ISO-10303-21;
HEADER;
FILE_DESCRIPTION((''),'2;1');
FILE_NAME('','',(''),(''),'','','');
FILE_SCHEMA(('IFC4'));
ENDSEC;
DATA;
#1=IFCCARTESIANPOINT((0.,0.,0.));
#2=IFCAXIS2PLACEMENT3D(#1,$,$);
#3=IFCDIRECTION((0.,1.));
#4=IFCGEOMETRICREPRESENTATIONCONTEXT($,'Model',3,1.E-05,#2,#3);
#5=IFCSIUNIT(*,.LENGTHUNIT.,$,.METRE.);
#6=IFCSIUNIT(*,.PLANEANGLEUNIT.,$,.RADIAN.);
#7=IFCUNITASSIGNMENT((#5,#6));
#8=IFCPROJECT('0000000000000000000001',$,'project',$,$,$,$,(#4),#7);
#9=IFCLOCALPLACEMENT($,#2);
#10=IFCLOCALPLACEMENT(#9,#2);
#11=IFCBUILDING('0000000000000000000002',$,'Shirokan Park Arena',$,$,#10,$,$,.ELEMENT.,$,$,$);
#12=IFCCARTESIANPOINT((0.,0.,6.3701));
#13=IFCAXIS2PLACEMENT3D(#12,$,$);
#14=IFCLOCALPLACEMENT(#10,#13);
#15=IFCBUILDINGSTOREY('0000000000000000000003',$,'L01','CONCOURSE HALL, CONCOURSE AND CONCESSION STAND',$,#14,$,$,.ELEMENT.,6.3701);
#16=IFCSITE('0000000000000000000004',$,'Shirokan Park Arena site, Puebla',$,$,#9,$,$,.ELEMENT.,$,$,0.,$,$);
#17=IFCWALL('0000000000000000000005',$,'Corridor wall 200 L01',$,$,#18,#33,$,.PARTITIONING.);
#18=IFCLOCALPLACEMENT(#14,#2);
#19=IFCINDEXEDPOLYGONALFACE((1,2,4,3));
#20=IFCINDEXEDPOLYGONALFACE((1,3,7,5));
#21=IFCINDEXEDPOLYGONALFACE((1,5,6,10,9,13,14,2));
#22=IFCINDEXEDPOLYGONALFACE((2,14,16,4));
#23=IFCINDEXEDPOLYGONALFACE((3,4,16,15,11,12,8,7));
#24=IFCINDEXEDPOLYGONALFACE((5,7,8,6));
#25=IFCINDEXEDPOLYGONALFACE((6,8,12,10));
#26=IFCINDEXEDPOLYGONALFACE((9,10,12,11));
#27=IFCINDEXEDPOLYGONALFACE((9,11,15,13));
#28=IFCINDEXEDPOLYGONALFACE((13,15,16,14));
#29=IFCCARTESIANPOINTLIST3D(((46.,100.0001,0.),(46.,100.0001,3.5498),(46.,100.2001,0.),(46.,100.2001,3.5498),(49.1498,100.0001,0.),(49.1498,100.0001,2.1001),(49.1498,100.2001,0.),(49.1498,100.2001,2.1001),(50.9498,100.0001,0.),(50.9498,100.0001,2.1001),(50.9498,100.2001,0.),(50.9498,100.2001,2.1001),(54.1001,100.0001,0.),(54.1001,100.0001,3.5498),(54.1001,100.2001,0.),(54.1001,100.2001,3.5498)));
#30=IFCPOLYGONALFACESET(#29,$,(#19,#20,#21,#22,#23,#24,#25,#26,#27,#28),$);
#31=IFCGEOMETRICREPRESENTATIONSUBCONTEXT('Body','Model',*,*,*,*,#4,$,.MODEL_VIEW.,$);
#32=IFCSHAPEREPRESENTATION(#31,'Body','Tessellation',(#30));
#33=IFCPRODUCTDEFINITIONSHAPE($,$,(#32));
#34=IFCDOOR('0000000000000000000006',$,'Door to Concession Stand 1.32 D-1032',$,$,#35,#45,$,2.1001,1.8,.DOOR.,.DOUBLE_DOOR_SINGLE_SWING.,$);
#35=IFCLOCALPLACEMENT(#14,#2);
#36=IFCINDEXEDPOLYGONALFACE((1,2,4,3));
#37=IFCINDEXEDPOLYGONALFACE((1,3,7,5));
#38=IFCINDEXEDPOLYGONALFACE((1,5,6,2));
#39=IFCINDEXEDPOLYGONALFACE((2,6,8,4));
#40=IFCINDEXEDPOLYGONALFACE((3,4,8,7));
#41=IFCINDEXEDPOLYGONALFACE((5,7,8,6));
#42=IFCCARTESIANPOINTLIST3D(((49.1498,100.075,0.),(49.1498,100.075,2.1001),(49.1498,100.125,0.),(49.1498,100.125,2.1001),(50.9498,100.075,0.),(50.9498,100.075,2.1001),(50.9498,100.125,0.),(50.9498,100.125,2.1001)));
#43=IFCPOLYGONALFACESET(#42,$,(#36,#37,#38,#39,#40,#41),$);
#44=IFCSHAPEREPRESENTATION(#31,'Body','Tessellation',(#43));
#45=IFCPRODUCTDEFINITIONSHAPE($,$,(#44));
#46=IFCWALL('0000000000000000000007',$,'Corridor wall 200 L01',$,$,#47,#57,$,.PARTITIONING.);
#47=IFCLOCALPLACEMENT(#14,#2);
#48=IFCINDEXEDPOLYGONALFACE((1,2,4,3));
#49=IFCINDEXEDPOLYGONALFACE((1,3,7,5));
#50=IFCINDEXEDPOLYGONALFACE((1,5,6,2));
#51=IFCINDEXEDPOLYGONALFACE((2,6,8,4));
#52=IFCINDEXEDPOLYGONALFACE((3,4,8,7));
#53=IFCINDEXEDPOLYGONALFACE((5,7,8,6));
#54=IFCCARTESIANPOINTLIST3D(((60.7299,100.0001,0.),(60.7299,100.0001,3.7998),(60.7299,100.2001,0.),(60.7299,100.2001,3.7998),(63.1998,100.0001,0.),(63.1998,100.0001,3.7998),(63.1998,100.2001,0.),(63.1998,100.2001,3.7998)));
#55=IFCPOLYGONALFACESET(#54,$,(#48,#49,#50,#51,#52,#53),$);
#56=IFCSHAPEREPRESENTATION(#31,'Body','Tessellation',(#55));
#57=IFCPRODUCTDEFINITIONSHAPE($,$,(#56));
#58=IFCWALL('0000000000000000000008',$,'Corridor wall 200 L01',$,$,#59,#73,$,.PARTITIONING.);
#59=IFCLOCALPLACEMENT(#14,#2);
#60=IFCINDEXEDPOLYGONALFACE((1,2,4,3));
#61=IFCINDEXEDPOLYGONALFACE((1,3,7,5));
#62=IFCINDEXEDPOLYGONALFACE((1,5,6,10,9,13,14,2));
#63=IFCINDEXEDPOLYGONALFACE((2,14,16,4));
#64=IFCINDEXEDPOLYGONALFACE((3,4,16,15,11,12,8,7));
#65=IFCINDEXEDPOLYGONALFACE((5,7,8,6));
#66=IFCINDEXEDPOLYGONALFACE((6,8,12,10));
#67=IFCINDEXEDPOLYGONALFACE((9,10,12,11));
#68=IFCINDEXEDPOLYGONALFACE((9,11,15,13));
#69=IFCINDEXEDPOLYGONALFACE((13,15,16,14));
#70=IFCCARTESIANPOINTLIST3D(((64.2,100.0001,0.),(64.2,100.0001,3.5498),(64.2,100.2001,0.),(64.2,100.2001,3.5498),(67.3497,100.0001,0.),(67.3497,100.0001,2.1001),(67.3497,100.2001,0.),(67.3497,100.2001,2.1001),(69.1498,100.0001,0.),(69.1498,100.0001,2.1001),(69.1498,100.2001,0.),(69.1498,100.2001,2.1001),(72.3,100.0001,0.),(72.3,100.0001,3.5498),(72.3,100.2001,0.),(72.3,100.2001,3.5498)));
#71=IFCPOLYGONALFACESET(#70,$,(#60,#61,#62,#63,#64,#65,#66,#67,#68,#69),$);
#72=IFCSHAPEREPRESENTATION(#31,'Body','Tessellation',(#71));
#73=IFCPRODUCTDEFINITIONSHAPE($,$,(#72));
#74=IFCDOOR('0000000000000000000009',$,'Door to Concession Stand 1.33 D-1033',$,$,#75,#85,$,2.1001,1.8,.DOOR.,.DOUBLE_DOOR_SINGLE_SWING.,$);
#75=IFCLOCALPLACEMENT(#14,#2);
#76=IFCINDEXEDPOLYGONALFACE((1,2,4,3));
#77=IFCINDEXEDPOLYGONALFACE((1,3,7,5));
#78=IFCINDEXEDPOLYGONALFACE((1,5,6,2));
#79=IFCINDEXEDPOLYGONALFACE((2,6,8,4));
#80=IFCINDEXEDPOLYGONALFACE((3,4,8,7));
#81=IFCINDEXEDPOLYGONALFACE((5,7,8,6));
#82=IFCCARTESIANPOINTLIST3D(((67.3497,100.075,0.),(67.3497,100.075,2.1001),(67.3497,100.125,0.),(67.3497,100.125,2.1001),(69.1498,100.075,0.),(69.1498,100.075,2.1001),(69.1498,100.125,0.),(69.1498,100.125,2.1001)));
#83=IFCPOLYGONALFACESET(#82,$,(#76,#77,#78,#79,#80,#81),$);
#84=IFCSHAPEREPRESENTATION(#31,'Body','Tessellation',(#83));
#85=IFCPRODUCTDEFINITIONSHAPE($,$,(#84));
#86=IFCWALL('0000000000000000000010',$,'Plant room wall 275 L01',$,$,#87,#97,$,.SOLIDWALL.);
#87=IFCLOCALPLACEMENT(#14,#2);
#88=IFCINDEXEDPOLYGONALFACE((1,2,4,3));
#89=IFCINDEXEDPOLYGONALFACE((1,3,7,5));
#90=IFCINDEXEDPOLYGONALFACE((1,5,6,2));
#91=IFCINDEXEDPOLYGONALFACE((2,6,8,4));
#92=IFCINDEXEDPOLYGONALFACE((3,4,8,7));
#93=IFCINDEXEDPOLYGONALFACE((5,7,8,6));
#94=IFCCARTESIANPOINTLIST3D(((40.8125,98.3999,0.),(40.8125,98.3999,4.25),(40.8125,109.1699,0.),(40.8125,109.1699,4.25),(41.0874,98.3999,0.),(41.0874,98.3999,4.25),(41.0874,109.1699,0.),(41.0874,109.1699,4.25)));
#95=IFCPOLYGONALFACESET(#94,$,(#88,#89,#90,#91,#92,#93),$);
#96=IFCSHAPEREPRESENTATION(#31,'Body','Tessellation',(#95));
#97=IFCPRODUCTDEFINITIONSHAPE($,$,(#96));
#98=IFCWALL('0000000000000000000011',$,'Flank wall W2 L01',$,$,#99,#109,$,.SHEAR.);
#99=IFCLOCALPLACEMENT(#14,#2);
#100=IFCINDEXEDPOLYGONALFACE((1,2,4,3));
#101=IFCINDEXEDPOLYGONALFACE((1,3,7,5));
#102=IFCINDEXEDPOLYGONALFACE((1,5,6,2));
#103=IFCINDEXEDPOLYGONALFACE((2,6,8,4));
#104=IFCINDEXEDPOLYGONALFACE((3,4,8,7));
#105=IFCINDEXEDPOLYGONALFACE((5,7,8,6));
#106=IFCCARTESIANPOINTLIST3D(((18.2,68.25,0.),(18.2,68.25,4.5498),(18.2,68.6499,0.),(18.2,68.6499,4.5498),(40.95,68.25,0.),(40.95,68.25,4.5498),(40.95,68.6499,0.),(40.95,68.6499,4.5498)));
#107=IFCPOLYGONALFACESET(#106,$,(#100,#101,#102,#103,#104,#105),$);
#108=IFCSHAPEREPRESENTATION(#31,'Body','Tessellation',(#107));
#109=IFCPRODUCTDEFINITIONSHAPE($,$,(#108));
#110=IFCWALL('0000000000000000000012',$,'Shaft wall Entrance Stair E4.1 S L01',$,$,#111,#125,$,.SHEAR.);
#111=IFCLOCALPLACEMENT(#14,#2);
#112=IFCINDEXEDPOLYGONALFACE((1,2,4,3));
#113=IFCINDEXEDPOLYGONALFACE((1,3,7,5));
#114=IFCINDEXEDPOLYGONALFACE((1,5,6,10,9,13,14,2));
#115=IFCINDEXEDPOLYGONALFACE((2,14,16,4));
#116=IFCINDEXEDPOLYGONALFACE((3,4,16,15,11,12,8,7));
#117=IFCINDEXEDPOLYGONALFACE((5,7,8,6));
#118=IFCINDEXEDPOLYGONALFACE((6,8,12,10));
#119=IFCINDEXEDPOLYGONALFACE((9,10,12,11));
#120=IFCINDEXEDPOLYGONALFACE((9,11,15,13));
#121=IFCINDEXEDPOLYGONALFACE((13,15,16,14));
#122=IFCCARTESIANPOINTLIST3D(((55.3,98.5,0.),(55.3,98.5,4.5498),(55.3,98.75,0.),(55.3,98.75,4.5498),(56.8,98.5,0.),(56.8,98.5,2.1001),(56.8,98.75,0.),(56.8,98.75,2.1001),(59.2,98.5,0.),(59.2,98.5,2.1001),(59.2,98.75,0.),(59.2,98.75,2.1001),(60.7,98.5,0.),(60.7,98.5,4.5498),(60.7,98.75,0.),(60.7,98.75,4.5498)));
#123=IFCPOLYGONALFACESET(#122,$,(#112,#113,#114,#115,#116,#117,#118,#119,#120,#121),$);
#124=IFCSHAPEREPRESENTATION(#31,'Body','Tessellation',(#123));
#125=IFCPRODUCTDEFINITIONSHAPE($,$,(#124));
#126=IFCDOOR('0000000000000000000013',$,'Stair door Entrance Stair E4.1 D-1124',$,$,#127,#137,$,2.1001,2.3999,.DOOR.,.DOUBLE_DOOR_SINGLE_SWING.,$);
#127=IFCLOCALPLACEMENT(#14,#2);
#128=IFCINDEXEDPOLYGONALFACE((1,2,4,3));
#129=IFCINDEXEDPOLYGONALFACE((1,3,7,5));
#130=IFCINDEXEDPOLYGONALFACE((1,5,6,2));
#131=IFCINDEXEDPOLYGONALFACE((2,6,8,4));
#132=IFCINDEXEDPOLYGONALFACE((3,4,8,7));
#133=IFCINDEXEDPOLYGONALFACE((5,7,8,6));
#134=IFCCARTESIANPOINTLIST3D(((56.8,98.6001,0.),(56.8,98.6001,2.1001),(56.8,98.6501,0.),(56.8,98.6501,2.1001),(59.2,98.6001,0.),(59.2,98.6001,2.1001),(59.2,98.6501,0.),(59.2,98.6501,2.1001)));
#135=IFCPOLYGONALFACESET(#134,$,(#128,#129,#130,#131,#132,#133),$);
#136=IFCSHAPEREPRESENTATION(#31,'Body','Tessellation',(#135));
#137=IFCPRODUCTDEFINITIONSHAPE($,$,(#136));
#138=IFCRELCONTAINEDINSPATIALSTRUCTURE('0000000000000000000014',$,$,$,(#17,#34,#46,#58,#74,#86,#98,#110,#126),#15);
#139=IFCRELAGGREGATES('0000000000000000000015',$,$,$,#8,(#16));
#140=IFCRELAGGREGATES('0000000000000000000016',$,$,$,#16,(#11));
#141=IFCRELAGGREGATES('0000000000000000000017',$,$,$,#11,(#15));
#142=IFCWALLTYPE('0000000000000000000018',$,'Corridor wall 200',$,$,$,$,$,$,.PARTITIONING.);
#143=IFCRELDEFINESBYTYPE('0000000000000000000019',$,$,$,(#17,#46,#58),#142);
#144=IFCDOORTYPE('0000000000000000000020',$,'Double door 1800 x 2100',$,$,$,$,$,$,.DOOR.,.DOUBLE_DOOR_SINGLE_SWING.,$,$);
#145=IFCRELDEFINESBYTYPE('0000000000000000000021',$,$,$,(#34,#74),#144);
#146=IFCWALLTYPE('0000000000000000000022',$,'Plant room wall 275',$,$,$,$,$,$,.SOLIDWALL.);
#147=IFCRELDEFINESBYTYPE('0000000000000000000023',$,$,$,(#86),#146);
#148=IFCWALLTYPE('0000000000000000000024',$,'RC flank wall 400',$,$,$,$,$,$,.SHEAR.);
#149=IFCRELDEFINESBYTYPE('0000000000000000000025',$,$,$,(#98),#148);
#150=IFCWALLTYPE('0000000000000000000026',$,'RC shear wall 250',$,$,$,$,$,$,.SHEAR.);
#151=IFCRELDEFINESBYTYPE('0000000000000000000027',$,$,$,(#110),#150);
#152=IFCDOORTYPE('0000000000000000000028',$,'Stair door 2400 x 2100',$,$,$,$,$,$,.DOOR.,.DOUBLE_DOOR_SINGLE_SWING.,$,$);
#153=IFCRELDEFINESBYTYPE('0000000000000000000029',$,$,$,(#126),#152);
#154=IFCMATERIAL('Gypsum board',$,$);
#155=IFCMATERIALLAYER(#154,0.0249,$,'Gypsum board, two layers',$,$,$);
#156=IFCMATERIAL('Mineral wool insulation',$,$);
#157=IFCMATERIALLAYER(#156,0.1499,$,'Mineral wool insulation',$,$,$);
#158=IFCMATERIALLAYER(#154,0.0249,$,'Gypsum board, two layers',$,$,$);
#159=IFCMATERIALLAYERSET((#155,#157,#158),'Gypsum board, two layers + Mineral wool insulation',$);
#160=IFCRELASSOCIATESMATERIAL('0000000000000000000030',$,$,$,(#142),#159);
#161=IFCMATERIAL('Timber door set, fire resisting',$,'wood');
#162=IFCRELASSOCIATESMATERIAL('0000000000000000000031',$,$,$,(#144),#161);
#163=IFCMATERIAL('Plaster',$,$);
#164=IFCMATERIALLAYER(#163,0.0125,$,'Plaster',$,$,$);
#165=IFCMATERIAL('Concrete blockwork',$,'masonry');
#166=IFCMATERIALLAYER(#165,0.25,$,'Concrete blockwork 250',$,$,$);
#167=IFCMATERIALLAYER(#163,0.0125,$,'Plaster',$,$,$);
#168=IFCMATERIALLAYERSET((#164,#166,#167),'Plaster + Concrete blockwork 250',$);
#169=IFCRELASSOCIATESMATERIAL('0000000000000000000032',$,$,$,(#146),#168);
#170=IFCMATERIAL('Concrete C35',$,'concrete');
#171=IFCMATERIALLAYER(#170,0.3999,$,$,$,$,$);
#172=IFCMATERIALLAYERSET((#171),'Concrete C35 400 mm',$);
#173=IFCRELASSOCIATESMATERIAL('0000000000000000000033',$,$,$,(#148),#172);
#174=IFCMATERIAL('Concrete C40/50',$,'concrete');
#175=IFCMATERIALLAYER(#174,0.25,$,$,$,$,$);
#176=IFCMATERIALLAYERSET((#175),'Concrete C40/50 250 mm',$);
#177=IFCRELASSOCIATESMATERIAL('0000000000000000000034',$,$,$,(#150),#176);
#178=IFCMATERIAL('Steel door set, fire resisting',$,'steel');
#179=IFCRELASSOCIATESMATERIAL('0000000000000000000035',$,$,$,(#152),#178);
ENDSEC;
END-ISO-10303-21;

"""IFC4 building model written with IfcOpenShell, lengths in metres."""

from ifc_helpers import new_model, si_unit, direction, frame, frame_2d, origin, place, context, subcontext, project, spatial, rectangle, extrude, material, layer, layer_set, type_object, element, fill, save


model = new_model("IFC4")

# Units and contexts
model_context = context("Model", 3, precision=1e-05, world=origin(), true_north=direction((0.0, 1.0)))
body_context = subcontext(model_context, "Body", "Model", "MODEL_VIEW")
ifc_project = project(units=[si_unit("LENGTHUNIT", "METRE"), si_unit("PLANEANGLEUNIT", "RADIAN")], contexts=[model_context])

# Site, building, storey
site_placement = place(None, origin())
site = spatial("IfcSite", under=ifc_project, at=site_placement, Name="Shirokan Park Arena site, Puebla", CompositionType="ELEMENT", RefElevation=0.0)
building_placement = place(site_placement, origin())
building = spatial("IfcBuilding", under=site, at=building_placement, Name="Shirokan Park Arena", CompositionType="ELEMENT")
storey_placement = place(building_placement, frame((0.0, 0.0, 6.3701)))
storey = spatial("IfcBuildingStorey", under=building, at=storey_placement, Name="L01", Description="CONCOURSE HALL, CONCOURSE AND CONCESSION STAND", CompositionType="ELEMENT", Elevation=6.3701)

# Shared definitions
ifc_material_1 = material(Name="Concrete C35", Category="concrete")

# Shared definitions
ifc_material_2 = material(Name="Gypsum board")
ifc_layer_1 = layer(ifc_material_2, 0.0249, Name="Gypsum board, two layers")
ifc_material_3 = material(Name="Mineral wool insulation")
ifc_layer_2 = layer(ifc_material_3, 0.1499, Name="Mineral wool insulation")
ifc_layer_3 = layer(ifc_material_2, 0.0249, Name="Gypsum board, two layers")
ifc_layer_set_1 = layer_set([ifc_layer_1, ifc_layer_2, ifc_layer_3], Name="Gypsum board, two layers + Mineral wool insulation")
wall_type_1 = type_object("IfcWallType", Name="Corridor wall 200", PredefinedType="PARTITIONING", material=ifc_layer_set_1)

# Wall, opening, door
wall_1_placement = place(storey_placement, frame((46.0, 100.1001, 0.0), z_axis=(0.0, 0.0, 1.0), x_axis=(1.0, 0.0, 0.0)))
wall_1 = element("IfcWall", 1, at=wall_1_placement, inside=storey, type_object=wall_type_1, Name="Corridor wall 200 L01", PredefinedType="PARTITIONING", context=body_context, shape_type="SweptSolid", body=[
    extrude(rectangle(XDim=8.1001, YDim=0.2, at=frame_2d((4.05, 0.0))), origin(), (0.0, 0.0, 1.0), 3.5498),
])
opening_1_placement = place(wall_1_placement, frame((3.1499, 0.0, 0.0)))
opening_1 = element("IfcOpeningElement", 2, at=opening_1_placement, cuts=wall_1, PredefinedType="OPENING", context=body_context, shape_type="SweptSolid", body=[
    extrude(rectangle(XDim=1.8, YDim=2.1001, at=frame_2d((0.8999, 1.05))), frame((0.0, 0.1099, 0.0), z_axis=(0.0, -1.0, 0.0), x_axis=(1.0, 0.0, 0.0)), (0.0, 0.0, 1.0), 0.22),
])
ifc_material_4 = material(Name="Timber door set, fire resisting", Category="wood")
door_type_1 = type_object("IfcDoorType", Name="Double door 1800 x 2100", OperationType="DOUBLE_DOOR_SINGLE_SWING", PredefinedType="DOOR", material=ifc_material_4)
door_1_placement = place(opening_1_placement, origin())
door_1 = element("IfcDoor", 3, at=door_1_placement, inside=storey, type_object=door_type_1, Name="Door to Concession Stand 1.32 D-1032", OperationType="DOUBLE_DOOR_SINGLE_SWING", OverallHeight=2.1001, OverallWidth=1.8, PredefinedType="DOOR", context=body_context, shape_type="SweptSolid", body=[
    extrude(rectangle(XDim=1.8, YDim=2.1001, at=frame_2d((0.8999, 1.05))), frame((0.0, 0.0249, 0.0), z_axis=(0.0, -1.0, 0.0), x_axis=(1.0, 0.0, 0.0)), (0.0, 0.0, 1.0), 0.05),
])
fill(opening_1, door_1)

# Wall
wall_2_placement = place(storey_placement, frame((60.73, 100.1001, 0.0), z_axis=(0.0, 0.0, 1.0), x_axis=(1.0, 0.0, 0.0)))
element("IfcWall", 4, at=wall_2_placement, inside=storey, type_object=wall_type_1, Name="Corridor wall 200 L01", PredefinedType="PARTITIONING", context=body_context, shape_type="SweptSolid", body=[
    extrude(rectangle(XDim=2.47, YDim=0.2, at=frame_2d((1.2349, 0.0))), origin(), (0.0, 0.0, 1.0), 3.7998),
])

# Wall, opening, door
wall_3_placement = place(storey_placement, frame((64.2, 100.1001, 0.0), z_axis=(0.0, 0.0, 1.0), x_axis=(1.0, 0.0, 0.0)))
wall_3 = element("IfcWall", 5, at=wall_3_placement, inside=storey, type_object=wall_type_1, Name="Corridor wall 200 L01", PredefinedType="PARTITIONING", context=body_context, shape_type="SweptSolid", body=[
    extrude(rectangle(XDim=8.1001, YDim=0.2, at=frame_2d((4.05, 0.0))), origin(), (0.0, 0.0, 1.0), 3.5498),
])
opening_2_placement = place(wall_3_placement, frame((3.1499, 0.0, 0.0)))
opening_2 = element("IfcOpeningElement", 6, at=opening_2_placement, cuts=wall_3, PredefinedType="OPENING", context=body_context, shape_type="SweptSolid", body=[
    extrude(rectangle(XDim=1.8, YDim=2.1001, at=frame_2d((0.8999, 1.05))), frame((0.0, 0.1099, 0.0), z_axis=(0.0, -1.0, 0.0), x_axis=(1.0, 0.0, 0.0)), (0.0, 0.0, 1.0), 0.22),
])
door_2_placement = place(opening_2_placement, origin())
door_2 = element("IfcDoor", 7, at=door_2_placement, inside=storey, type_object=door_type_1, Name="Door to Concession Stand 1.33 D-1033", OperationType="DOUBLE_DOOR_SINGLE_SWING", OverallHeight=2.1001, OverallWidth=1.8, PredefinedType="DOOR", context=body_context, shape_type="SweptSolid", body=[
    extrude(rectangle(XDim=1.8, YDim=2.1001, at=frame_2d((0.8999, 1.05))), frame((0.0, 0.0249, 0.0), z_axis=(0.0, -1.0, 0.0), x_axis=(1.0, 0.0, 0.0)), (0.0, 0.0, 1.0), 0.05),
])
fill(opening_2, door_2)

# Walls
ifc_material_5 = material(Name="Plaster")
ifc_layer_4 = layer(ifc_material_5, 0.0125, Name="Plaster")
ifc_material_6 = material(Name="Concrete blockwork", Category="masonry")
ifc_layer_5 = layer(ifc_material_6, 0.25, Name="Concrete blockwork 250")
ifc_layer_6 = layer(ifc_material_5, 0.0125, Name="Plaster")
ifc_layer_set_2 = layer_set([ifc_layer_4, ifc_layer_5, ifc_layer_6], Name="Plaster + Concrete blockwork 250")
wall_type_2 = type_object("IfcWallType", Name="Plant room wall 275", PredefinedType="SOLIDWALL", material=ifc_layer_set_2)
wall_4_placement = place(storey_placement, frame((40.95, 98.3999, 0.0), z_axis=(0.0, 0.0, 1.0), x_axis=(0.0, 1.0, 0.0)))
element("IfcWall", 8, at=wall_4_placement, inside=storey, type_object=wall_type_2, Name="Plant room wall 275 L01", PredefinedType="SOLIDWALL", context=body_context, shape_type="SweptSolid", body=[
    extrude(rectangle(XDim=10.77, YDim=0.2749, at=frame_2d((5.385, 0.0))), origin(), (0.0, 0.0, 1.0), 4.25),
])
ifc_layer_7 = layer(ifc_material_1, 0.3999)
ifc_layer_set_3 = layer_set([ifc_layer_7], Name="Concrete C35 400 mm")
wall_type_3 = type_object("IfcWallType", Name="RC flank wall 400", PredefinedType="SHEAR", material=ifc_layer_set_3)
wall_5_placement = place(storey_placement, frame((40.95, 68.45, 0.0), z_axis=(0.0, 0.0, 1.0), x_axis=(-1.0, 0.0, 0.0)))
element("IfcWall", 9, at=wall_5_placement, inside=storey, type_object=wall_type_3, Name="Flank wall W2 L01", PredefinedType="SHEAR", context=body_context, shape_type="SweptSolid", body=[
    extrude(rectangle(XDim=22.75, YDim=0.3999, at=frame_2d((11.375, 0.0))), origin(), (0.0, 0.0, 1.0), 4.5498),
])

# Wall, opening, door
ifc_material_7 = material(Name="Concrete C40/50", Category="concrete")
ifc_layer_8 = layer(ifc_material_7, 0.25)
ifc_layer_set_4 = layer_set([ifc_layer_8], Name="Concrete C40/50 250 mm")
wall_type_4 = type_object("IfcWallType", Name="RC shear wall 250", PredefinedType="SHEAR", material=ifc_layer_set_4)
wall_6_placement = place(storey_placement, frame((60.7, 98.625, 0.0), z_axis=(0.0, 0.0, 1.0), x_axis=(-1.0, 0.0, 0.0)))
wall_6 = element("IfcWall", 10, at=wall_6_placement, inside=storey, type_object=wall_type_4, Name="Shaft wall Entrance Stair E4.1 S L01", PredefinedType="SHEAR", context=body_context, shape_type="SweptSolid", body=[
    extrude(rectangle(XDim=5.3999, YDim=0.25, at=frame_2d((2.7, 0.0))), origin(), (0.0, 0.0, 1.0), 4.5498),
])
opening_3_placement = place(wall_6_placement, frame((1.5, 0.0, 0.0)))
opening_3 = element("IfcOpeningElement", 11, at=opening_3_placement, cuts=wall_6, PredefinedType="OPENING", context=body_context, shape_type="SweptSolid", body=[
    extrude(rectangle(XDim=2.3999, YDim=2.1001, at=frame_2d((1.2, 1.05))), frame((0.0, 0.135, 0.0), z_axis=(0.0, -1.0, 0.0), x_axis=(1.0, 0.0, 0.0)), (0.0, 0.0, 1.0), 0.27),
])
ifc_material_8 = material(Name="Steel door set, fire resisting", Category="steel")
door_type_2 = type_object("IfcDoorType", Name="Stair door 2400 x 2100", OperationType="DOUBLE_DOOR_SINGLE_SWING", PredefinedType="DOOR", material=ifc_material_8)
door_3_placement = place(opening_3_placement, origin())
door_3 = element("IfcDoor", 12, at=door_3_placement, inside=storey, type_object=door_type_2, Name="Stair door Entrance Stair E4.1 D-1124", OperationType="DOUBLE_DOOR_SINGLE_SWING", OverallHeight=2.1001, OverallWidth=2.3999, PredefinedType="DOOR", context=body_context, shape_type="SweptSolid", body=[
    extrude(rectangle(XDim=2.3999, YDim=2.1001, at=frame_2d((1.2, 1.05))), frame((0.0, 0.0249, 0.0), z_axis=(0.0, -1.0, 0.0), x_axis=(1.0, 0.0, 0.0)), (0.0, 0.0, 1.0), 0.05),
])
fill(opening_3, door_3)

save(model, "model.ifc")
